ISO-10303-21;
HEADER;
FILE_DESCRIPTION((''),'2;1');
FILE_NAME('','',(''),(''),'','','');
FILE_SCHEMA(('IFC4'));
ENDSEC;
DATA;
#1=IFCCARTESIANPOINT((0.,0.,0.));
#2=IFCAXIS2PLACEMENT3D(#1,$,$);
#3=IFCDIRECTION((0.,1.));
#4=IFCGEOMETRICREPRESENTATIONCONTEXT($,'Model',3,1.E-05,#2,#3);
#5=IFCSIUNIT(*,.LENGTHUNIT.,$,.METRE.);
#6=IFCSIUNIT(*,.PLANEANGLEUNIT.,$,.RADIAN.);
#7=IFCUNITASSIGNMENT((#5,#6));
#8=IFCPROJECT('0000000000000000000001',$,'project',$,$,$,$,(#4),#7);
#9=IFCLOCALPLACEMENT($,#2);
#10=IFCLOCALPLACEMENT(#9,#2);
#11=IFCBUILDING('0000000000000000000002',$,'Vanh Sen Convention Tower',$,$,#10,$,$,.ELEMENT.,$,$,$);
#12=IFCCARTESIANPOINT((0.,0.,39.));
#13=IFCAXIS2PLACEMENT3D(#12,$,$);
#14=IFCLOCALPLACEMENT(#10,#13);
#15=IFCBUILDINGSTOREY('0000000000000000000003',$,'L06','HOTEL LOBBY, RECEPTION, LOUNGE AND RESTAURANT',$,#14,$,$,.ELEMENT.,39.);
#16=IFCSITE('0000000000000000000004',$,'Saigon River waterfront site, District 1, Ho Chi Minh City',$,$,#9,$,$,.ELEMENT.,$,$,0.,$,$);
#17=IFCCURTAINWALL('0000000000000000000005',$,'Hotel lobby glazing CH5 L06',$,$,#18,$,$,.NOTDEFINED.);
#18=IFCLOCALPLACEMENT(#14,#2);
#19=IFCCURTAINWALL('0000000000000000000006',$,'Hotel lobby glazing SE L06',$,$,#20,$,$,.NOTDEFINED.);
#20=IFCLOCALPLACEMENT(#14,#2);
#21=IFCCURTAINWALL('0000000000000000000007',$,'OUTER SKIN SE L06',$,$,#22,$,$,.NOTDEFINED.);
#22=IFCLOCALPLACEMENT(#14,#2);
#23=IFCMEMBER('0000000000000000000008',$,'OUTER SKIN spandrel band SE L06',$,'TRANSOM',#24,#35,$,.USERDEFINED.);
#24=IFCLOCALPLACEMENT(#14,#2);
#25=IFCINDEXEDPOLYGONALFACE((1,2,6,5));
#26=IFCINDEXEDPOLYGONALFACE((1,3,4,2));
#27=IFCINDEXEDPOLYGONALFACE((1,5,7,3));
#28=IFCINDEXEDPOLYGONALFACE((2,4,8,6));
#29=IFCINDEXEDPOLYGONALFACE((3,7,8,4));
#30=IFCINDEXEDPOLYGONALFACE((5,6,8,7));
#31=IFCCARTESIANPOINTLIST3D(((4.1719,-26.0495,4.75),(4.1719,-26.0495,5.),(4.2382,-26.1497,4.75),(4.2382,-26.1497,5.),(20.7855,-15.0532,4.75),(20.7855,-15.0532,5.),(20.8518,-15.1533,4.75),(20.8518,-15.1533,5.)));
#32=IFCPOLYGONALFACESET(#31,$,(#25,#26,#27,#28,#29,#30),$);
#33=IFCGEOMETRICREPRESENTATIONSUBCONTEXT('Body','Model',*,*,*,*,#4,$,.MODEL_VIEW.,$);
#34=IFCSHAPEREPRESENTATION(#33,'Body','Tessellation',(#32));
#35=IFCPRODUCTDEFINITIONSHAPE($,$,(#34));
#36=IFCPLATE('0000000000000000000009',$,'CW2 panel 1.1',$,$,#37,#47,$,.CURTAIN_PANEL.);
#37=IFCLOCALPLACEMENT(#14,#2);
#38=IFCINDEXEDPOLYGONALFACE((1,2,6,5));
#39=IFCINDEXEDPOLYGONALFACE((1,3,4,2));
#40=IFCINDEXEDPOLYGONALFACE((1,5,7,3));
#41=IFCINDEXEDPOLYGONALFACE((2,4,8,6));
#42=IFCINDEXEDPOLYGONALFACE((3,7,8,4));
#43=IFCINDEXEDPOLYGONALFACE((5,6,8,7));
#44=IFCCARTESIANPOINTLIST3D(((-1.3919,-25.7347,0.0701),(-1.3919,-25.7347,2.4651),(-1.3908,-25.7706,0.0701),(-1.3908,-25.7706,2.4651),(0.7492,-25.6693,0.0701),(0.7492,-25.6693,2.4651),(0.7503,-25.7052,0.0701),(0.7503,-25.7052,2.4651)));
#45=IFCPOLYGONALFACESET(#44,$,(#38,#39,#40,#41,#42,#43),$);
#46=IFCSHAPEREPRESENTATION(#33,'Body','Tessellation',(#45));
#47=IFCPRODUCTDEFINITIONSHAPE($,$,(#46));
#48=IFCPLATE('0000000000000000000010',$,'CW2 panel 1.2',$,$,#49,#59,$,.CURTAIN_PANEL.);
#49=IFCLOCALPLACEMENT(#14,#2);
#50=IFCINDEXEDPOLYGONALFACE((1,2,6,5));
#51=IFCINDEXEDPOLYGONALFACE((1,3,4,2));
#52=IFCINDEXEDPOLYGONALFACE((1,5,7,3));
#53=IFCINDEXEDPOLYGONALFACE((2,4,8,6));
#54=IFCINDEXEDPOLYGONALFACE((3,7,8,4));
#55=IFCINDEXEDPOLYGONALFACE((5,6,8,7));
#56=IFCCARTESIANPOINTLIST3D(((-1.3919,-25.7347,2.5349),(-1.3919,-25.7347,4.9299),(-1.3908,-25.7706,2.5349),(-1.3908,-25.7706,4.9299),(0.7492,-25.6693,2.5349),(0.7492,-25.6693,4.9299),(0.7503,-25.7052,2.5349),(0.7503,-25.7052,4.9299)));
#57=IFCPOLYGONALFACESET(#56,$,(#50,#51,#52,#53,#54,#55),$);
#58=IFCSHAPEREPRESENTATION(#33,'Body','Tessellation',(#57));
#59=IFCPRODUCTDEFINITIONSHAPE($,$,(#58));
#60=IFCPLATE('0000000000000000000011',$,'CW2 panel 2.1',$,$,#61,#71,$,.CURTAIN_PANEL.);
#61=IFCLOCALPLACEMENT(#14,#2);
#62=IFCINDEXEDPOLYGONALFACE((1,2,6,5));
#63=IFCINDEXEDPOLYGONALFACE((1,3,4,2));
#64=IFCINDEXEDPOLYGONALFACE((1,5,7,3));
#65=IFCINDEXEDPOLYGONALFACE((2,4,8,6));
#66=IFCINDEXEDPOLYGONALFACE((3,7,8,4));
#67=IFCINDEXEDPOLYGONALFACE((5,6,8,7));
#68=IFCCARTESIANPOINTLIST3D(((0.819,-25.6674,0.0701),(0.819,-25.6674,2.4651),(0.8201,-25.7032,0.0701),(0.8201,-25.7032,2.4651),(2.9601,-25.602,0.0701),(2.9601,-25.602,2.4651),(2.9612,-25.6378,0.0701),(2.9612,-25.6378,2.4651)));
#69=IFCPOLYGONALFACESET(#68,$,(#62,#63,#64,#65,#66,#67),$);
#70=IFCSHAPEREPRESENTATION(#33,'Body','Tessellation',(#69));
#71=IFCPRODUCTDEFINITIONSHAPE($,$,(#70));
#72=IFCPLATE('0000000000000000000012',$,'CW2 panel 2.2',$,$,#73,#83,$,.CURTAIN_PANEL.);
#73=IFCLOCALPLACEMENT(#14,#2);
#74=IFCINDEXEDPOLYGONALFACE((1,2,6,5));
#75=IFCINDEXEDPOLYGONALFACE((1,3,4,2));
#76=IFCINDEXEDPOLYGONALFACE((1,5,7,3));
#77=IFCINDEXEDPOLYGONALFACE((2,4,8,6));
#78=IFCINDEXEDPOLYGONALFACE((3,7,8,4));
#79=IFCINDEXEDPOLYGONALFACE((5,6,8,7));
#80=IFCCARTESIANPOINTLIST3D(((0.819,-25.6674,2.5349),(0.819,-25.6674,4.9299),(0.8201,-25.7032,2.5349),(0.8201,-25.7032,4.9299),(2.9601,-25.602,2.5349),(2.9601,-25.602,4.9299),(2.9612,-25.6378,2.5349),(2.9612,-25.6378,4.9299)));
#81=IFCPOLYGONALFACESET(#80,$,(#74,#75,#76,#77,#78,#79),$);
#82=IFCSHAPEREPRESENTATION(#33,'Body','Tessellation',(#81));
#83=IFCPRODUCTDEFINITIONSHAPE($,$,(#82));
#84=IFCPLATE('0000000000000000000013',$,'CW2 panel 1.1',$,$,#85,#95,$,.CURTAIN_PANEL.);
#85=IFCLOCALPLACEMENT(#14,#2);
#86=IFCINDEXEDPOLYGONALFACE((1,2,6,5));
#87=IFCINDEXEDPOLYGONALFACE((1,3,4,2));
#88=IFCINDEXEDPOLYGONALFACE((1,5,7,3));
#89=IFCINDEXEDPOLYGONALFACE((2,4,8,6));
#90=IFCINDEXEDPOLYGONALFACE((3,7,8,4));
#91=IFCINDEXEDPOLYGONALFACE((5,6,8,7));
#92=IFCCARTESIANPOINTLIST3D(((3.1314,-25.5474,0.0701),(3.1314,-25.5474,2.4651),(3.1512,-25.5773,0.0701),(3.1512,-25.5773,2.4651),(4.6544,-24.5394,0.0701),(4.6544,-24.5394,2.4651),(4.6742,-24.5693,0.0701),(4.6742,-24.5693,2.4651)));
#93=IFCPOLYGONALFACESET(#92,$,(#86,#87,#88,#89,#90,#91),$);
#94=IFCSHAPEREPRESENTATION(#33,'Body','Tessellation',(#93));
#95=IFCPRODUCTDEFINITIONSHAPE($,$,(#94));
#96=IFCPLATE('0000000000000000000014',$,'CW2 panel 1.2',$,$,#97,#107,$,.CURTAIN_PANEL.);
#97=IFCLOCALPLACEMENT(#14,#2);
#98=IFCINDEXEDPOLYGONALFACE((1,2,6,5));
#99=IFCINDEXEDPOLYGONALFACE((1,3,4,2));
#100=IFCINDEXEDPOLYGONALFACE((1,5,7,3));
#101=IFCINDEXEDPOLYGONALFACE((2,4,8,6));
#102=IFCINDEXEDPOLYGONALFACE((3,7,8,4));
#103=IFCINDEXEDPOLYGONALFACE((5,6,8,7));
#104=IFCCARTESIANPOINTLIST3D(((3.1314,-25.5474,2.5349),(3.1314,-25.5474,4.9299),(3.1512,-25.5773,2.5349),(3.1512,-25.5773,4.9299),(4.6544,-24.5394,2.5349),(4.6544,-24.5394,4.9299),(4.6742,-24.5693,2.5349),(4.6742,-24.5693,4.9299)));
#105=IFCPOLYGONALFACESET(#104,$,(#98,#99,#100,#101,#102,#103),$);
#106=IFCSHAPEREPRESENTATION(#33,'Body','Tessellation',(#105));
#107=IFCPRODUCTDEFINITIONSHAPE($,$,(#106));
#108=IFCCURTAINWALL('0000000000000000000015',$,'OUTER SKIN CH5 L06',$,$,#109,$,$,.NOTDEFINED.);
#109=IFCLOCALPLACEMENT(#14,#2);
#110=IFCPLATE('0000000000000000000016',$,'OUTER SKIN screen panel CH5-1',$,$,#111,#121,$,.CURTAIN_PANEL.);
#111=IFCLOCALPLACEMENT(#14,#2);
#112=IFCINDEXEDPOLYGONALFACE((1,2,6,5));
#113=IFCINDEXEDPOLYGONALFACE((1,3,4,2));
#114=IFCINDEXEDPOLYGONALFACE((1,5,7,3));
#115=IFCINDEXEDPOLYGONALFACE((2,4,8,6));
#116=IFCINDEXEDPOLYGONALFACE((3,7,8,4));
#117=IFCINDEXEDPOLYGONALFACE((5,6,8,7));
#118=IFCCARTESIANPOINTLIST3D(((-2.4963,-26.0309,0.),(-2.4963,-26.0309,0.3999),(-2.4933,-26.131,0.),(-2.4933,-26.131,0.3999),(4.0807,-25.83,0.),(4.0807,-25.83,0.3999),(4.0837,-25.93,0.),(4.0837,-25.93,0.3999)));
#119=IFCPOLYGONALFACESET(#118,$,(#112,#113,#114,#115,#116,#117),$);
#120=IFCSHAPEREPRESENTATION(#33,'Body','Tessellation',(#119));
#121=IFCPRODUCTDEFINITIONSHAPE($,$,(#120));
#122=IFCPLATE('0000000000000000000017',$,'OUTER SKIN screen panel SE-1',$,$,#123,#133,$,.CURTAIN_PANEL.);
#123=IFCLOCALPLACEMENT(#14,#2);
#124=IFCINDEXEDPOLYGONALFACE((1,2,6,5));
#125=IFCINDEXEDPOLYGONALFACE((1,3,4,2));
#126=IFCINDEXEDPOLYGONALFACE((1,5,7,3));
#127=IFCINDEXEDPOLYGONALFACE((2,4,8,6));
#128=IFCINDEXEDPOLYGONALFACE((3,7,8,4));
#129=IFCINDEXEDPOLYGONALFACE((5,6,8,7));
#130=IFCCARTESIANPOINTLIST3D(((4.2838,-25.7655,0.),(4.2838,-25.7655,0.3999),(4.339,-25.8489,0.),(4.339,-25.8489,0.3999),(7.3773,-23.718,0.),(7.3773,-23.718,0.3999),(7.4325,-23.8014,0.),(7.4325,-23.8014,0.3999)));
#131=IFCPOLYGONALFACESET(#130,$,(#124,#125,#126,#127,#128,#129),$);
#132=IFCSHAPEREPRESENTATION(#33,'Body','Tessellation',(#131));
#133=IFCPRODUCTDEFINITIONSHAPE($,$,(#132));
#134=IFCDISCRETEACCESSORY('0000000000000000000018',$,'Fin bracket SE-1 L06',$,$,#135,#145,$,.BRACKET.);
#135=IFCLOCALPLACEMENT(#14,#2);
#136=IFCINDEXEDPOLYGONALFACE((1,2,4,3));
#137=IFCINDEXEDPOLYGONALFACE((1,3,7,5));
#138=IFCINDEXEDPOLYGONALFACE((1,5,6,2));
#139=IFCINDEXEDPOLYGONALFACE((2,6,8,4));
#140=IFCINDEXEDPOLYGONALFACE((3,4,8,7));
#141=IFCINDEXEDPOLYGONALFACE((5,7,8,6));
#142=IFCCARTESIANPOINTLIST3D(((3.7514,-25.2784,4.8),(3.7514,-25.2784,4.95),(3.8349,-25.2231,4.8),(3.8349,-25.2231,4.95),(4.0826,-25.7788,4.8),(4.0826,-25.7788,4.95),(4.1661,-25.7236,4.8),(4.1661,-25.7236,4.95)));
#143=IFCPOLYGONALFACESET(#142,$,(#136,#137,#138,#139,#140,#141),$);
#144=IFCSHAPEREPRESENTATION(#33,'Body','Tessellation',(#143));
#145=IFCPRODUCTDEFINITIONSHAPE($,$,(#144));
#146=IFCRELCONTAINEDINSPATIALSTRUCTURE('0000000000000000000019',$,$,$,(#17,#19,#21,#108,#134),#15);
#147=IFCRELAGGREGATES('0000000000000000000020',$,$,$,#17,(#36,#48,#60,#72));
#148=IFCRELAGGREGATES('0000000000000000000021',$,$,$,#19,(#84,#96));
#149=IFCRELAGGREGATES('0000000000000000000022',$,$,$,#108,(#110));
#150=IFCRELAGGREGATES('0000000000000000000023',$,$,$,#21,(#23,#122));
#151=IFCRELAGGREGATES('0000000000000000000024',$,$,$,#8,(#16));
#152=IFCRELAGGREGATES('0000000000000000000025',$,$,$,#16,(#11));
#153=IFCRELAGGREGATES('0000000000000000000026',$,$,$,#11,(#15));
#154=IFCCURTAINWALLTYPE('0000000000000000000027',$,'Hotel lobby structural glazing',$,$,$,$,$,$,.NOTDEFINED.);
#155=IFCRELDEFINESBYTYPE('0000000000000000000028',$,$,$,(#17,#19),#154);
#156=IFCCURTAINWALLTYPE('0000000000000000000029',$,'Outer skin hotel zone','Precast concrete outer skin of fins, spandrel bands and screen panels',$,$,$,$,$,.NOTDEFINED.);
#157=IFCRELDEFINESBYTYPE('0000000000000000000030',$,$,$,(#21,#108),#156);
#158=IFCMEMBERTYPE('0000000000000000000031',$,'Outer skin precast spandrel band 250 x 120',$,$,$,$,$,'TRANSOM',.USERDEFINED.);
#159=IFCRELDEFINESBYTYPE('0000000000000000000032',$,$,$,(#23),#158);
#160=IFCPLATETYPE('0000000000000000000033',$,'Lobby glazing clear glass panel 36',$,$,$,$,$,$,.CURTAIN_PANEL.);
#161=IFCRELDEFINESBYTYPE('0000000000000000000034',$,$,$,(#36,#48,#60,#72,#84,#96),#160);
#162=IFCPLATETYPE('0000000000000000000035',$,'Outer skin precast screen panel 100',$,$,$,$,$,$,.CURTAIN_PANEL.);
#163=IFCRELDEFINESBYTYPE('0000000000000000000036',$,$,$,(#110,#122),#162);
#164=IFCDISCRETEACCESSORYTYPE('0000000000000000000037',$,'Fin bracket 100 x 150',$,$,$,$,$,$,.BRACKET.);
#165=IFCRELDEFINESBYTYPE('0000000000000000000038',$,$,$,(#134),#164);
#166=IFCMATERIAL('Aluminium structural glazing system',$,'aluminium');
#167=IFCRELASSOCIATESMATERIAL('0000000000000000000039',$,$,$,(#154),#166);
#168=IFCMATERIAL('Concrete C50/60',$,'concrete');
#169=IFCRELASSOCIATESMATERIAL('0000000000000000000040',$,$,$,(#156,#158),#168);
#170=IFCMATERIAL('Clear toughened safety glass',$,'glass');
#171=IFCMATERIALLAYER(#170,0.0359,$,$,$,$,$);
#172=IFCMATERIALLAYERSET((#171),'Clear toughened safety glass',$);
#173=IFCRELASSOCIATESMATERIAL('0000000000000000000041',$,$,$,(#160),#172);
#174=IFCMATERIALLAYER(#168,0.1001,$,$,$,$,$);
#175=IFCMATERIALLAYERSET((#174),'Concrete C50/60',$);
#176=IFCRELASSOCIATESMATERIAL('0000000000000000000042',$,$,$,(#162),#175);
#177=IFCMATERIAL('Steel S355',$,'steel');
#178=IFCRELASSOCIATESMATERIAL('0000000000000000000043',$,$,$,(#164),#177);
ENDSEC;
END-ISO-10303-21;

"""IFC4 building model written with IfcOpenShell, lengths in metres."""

from ifc_helpers import new_model, si_unit, direction, frame, origin, origin_2d, place, context, subcontext, project, spatial, rectangle, extrude, material, layer, layer_set, material_profile, profile_set, type_object, element, aggregate, save


model = new_model("IFC4")

# Units and contexts
model_context = context("Model", 3, precision=1e-05, world=origin(), true_north=direction((0.0, 1.0)))
body_context = subcontext(model_context, "Body", "Model", "MODEL_VIEW")
ifc_project = project(units=[si_unit("LENGTHUNIT", "METRE"), si_unit("PLANEANGLEUNIT", "RADIAN")], contexts=[model_context])

# Site, building, storey
site_placement = place(None, origin())
site = spatial("IfcSite", under=ifc_project, at=site_placement, Name="Saigon River waterfront site, District 1, Ho Chi Minh City", CompositionType="ELEMENT", RefElevation=0.0)
building_placement = place(site_placement, origin())
building = spatial("IfcBuilding", under=site, at=building_placement, Name="Vanh Sen Convention Tower", CompositionType="ELEMENT")
storey_placement = place(building_placement, frame((0.0, 0.0, 39.0)))
storey = spatial("IfcBuildingStorey", under=building, at=storey_placement, Name="L06", Description="HOTEL LOBBY, RECEPTION, LOUNGE AND RESTAURANT", CompositionType="ELEMENT", Elevation=39.0)

# Curtain walls
ifc_material_1 = material(Name="Aluminium structural glazing system", Category="aluminium")
curtain_wall_type_1 = type_object("IfcCurtainWallType", Name="Hotel lobby structural glazing", PredefinedType="NOTDEFINED", material=ifc_material_1)
curtain_wall_1_placement = place(storey_placement, origin())
curtain_wall_1 = element("IfcCurtainWall", 1, at=curtain_wall_1_placement, inside=storey, type_object=curtain_wall_type_1, Name="Hotel lobby glazing CH5 L06", PredefinedType="NOTDEFINED")
curtain_wall_2_placement = place(storey_placement, origin())
curtain_wall_2 = element("IfcCurtainWall", 2, at=curtain_wall_2_placement, inside=storey, type_object=curtain_wall_type_1, Name="Hotel lobby glazing SE L06", PredefinedType="NOTDEFINED")

# Curtain wall, member
ifc_material_2 = material(Name="Concrete C50/60", Category="concrete")
curtain_wall_type_2 = type_object("IfcCurtainWallType", Name="Outer skin hotel zone", Description="Precast concrete outer skin of fins, spandrel bands and screen panels", PredefinedType="NOTDEFINED", material=ifc_material_2)
curtain_wall_3_placement = place(storey_placement, origin())
curtain_wall_3 = element("IfcCurtainWall", 3, at=curtain_wall_3_placement, inside=storey, type_object=curtain_wall_type_2, Name="OUTER SKIN SE L06", PredefinedType="NOTDEFINED")
ifc_material_profile_1 = material_profile(ifc_material_2, rectangle(XDim=0.1201, YDim=0.25, at=origin_2d()), Name="Outer skin precast spandrel band 250 x 120")
ifc_profile_set_1 = profile_set([ifc_material_profile_1], Name="Concrete C50/60")
member_type_1 = type_object("IfcMemberType", Name="Outer skin precast spandrel band 250 x 120", ElementType="TRANSOM", PredefinedType="USERDEFINED", material=ifc_profile_set_1)
member_1_placement = place(storey_placement, frame((4.2051, -26.0996, 4.875), z_axis=(0.833884, 0.55194, 0.0), x_axis=(-0.55194, 0.833884, 0.0)))
member_1 = element("IfcMember", 4, at=member_1_placement, type_object=member_type_1, Name="OUTER SKIN spandrel band SE L06", ObjectType="TRANSOM", PredefinedType="USERDEFINED", context=body_context, shape_type="SweptSolid", body=[
    extrude(rectangle(XDim=0.1201, YDim=0.25, at=origin_2d()), origin(), (0.0, 0.0, 1.0), 19.9231),
])

# Plates
ifc_material_3 = material(Name="Clear toughened safety glass", Category="glass")
ifc_layer_1 = layer(ifc_material_3, 0.0359)
ifc_layer_set_1 = layer_set([ifc_layer_1], Name="Clear toughened safety glass")
plate_type_1 = type_object("IfcPlateType", Name="Lobby glazing clear glass panel 36", PredefinedType="CURTAIN_PANEL", material=ifc_layer_set_1)
plate_1_placement = place(storey_placement, frame((-0.3208, -25.72, 0.0701), z_axis=(0.0, 0.0, 1.0), x_axis=(0.999534, 0.03053, 0.0)))
plate_1 = element("IfcPlate", 5, at=plate_1_placement, type_object=plate_type_1, Name="CW2 panel 1.1", PredefinedType="CURTAIN_PANEL", context=body_context, shape_type="SweptSolid", body=[
    extrude(rectangle(XDim=2.1421, YDim=0.0359, at=origin_2d()), origin(), (0.0, 0.0, 1.0), 2.395),
])
plate_2_placement = place(storey_placement, frame((-0.3208, -25.72, 2.5349), z_axis=(0.0, 0.0, 1.0), x_axis=(0.999534, 0.03053, 0.0)))
plate_2 = element("IfcPlate", 6, at=plate_2_placement, type_object=plate_type_1, Name="CW2 panel 1.2", PredefinedType="CURTAIN_PANEL", context=body_context, shape_type="SweptSolid", body=[
    extrude(rectangle(XDim=2.1421, YDim=0.0359, at=origin_2d()), origin(), (0.0, 0.0, 1.0), 2.395),
])
plate_3_placement = place(storey_placement, frame((1.8901, -25.6526, 0.0701), z_axis=(0.0, 0.0, 1.0), x_axis=(0.999534, 0.03053, 0.0)))
plate_3 = element("IfcPlate", 7, at=plate_3_placement, type_object=plate_type_1, Name="CW2 panel 2.1", PredefinedType="CURTAIN_PANEL", context=body_context, shape_type="SweptSolid", body=[
    extrude(rectangle(XDim=2.1421, YDim=0.0359, at=origin_2d()), origin(), (0.0, 0.0, 1.0), 2.395),
])
plate_4_placement = place(storey_placement, frame((1.8901, -25.6526, 2.5349), z_axis=(0.0, 0.0, 1.0), x_axis=(0.999534, 0.03053, 0.0)))
plate_4 = element("IfcPlate", 8, at=plate_4_placement, type_object=plate_type_1, Name="CW2 panel 2.2", PredefinedType="CURTAIN_PANEL", context=body_context, shape_type="SweptSolid", body=[
    extrude(rectangle(XDim=2.1421, YDim=0.0359, at=origin_2d()), origin(), (0.0, 0.0, 1.0), 2.395),
])
aggregate(curtain_wall_1, [plate_1, plate_2, plate_3, plate_4])
plate_5_placement = place(storey_placement, frame((3.9028, -25.0583, 0.0701), z_axis=(0.0, 0.0, 1.0), x_axis=(0.833886, 0.551937, 0.0)))
plate_5 = element("IfcPlate", 9, at=plate_5_placement, type_object=plate_type_1, Name="CW2 panel 1.1", PredefinedType="CURTAIN_PANEL", context=body_context, shape_type="SweptSolid", body=[
    extrude(rectangle(XDim=1.8264, YDim=0.0359, at=origin_2d()), origin(), (0.0, 0.0, 1.0), 2.395),
])
plate_6_placement = place(storey_placement, frame((3.9028, -25.0583, 2.5349), z_axis=(0.0, 0.0, 1.0), x_axis=(0.833886, 0.551937, 0.0)))
plate_6 = element("IfcPlate", 10, at=plate_6_placement, type_object=plate_type_1, Name="CW2 panel 1.2", PredefinedType="CURTAIN_PANEL", context=body_context, shape_type="SweptSolid", body=[
    extrude(rectangle(XDim=1.8264, YDim=0.0359, at=origin_2d()), origin(), (0.0, 0.0, 1.0), 2.395),
])
aggregate(curtain_wall_2, [plate_5, plate_6])

# Curtain wall, plate
curtain_wall_4_placement = place(storey_placement, origin())
curtain_wall_4 = element("IfcCurtainWall", 11, at=curtain_wall_4_placement, inside=storey, type_object=curtain_wall_type_2, Name="OUTER SKIN CH5 L06", PredefinedType="NOTDEFINED")
ifc_layer_2 = layer(ifc_material_2, 0.1001)
ifc_layer_set_2 = layer_set([ifc_layer_2], Name="Concrete C50/60")
plate_type_2 = type_object("IfcPlateType", Name="Outer skin precast screen panel 100", PredefinedType="CURTAIN_PANEL", material=ifc_layer_set_2)
plate_7_placement = place(storey_placement, frame((0.7937, -25.9805, 0.0), z_axis=(0.0, 0.0, 1.0), x_axis=(0.999533, 0.030542, 0.0)))
plate_7 = element("IfcPlate", 12, at=plate_7_placement, type_object=plate_type_2, Name="OUTER SKIN screen panel CH5-1", PredefinedType="CURTAIN_PANEL", context=body_context, shape_type="SweptSolid", body=[
    extrude(rectangle(XDim=6.5801, YDim=0.1001, at=origin_2d()), origin(), (0.0, 0.0, 1.0), 0.3999),
])
aggregate(curtain_wall_4, [plate_7])

# Plate
plate_8_placement = place(storey_placement, frame((5.8582, -24.7834, 0.0), z_axis=(0.0, 0.0, 1.0), x_axis=(0.833892, 0.551928, 0.0)))
plate_8 = element("IfcPlate", 13, at=plate_8_placement, type_object=plate_type_2, Name="OUTER SKIN screen panel SE-1", PredefinedType="CURTAIN_PANEL", context=body_context, shape_type="SweptSolid", body=[
    extrude(rectangle(XDim=3.7097, YDim=0.1001, at=origin_2d()), origin(), (0.0, 0.0, 1.0), 0.3999),
])
aggregate(curtain_wall_3, [member_1, plate_8])

# Discrete accessory
ifc_material_4 = material(Name="Steel S355", Category="steel")
discrete_accessory_type = type_object("IfcDiscreteAccessoryType", Name="Fin bracket 100 x 150", PredefinedType="BRACKET", material=ifc_material_4)
discrete_accessory_placement = place(storey_placement, frame((3.9587, -25.501, 4.8), z_axis=(0.0, 0.0, 1.0), x_axis=(0.551937, -0.833886, 0.0)))
element("IfcDiscreteAccessory", 14, at=discrete_accessory_placement, inside=storey, type_object=discrete_accessory_type, Name="Fin bracket SE-1 L06", PredefinedType="BRACKET", context=body_context, shape_type="SweptSolid", body=[
    extrude(rectangle(XDim=0.6001, YDim=0.1001, at=origin_2d()), origin(), (0.0, 0.0, 1.0), 0.1499),
])

save(model, "model.ifc")
